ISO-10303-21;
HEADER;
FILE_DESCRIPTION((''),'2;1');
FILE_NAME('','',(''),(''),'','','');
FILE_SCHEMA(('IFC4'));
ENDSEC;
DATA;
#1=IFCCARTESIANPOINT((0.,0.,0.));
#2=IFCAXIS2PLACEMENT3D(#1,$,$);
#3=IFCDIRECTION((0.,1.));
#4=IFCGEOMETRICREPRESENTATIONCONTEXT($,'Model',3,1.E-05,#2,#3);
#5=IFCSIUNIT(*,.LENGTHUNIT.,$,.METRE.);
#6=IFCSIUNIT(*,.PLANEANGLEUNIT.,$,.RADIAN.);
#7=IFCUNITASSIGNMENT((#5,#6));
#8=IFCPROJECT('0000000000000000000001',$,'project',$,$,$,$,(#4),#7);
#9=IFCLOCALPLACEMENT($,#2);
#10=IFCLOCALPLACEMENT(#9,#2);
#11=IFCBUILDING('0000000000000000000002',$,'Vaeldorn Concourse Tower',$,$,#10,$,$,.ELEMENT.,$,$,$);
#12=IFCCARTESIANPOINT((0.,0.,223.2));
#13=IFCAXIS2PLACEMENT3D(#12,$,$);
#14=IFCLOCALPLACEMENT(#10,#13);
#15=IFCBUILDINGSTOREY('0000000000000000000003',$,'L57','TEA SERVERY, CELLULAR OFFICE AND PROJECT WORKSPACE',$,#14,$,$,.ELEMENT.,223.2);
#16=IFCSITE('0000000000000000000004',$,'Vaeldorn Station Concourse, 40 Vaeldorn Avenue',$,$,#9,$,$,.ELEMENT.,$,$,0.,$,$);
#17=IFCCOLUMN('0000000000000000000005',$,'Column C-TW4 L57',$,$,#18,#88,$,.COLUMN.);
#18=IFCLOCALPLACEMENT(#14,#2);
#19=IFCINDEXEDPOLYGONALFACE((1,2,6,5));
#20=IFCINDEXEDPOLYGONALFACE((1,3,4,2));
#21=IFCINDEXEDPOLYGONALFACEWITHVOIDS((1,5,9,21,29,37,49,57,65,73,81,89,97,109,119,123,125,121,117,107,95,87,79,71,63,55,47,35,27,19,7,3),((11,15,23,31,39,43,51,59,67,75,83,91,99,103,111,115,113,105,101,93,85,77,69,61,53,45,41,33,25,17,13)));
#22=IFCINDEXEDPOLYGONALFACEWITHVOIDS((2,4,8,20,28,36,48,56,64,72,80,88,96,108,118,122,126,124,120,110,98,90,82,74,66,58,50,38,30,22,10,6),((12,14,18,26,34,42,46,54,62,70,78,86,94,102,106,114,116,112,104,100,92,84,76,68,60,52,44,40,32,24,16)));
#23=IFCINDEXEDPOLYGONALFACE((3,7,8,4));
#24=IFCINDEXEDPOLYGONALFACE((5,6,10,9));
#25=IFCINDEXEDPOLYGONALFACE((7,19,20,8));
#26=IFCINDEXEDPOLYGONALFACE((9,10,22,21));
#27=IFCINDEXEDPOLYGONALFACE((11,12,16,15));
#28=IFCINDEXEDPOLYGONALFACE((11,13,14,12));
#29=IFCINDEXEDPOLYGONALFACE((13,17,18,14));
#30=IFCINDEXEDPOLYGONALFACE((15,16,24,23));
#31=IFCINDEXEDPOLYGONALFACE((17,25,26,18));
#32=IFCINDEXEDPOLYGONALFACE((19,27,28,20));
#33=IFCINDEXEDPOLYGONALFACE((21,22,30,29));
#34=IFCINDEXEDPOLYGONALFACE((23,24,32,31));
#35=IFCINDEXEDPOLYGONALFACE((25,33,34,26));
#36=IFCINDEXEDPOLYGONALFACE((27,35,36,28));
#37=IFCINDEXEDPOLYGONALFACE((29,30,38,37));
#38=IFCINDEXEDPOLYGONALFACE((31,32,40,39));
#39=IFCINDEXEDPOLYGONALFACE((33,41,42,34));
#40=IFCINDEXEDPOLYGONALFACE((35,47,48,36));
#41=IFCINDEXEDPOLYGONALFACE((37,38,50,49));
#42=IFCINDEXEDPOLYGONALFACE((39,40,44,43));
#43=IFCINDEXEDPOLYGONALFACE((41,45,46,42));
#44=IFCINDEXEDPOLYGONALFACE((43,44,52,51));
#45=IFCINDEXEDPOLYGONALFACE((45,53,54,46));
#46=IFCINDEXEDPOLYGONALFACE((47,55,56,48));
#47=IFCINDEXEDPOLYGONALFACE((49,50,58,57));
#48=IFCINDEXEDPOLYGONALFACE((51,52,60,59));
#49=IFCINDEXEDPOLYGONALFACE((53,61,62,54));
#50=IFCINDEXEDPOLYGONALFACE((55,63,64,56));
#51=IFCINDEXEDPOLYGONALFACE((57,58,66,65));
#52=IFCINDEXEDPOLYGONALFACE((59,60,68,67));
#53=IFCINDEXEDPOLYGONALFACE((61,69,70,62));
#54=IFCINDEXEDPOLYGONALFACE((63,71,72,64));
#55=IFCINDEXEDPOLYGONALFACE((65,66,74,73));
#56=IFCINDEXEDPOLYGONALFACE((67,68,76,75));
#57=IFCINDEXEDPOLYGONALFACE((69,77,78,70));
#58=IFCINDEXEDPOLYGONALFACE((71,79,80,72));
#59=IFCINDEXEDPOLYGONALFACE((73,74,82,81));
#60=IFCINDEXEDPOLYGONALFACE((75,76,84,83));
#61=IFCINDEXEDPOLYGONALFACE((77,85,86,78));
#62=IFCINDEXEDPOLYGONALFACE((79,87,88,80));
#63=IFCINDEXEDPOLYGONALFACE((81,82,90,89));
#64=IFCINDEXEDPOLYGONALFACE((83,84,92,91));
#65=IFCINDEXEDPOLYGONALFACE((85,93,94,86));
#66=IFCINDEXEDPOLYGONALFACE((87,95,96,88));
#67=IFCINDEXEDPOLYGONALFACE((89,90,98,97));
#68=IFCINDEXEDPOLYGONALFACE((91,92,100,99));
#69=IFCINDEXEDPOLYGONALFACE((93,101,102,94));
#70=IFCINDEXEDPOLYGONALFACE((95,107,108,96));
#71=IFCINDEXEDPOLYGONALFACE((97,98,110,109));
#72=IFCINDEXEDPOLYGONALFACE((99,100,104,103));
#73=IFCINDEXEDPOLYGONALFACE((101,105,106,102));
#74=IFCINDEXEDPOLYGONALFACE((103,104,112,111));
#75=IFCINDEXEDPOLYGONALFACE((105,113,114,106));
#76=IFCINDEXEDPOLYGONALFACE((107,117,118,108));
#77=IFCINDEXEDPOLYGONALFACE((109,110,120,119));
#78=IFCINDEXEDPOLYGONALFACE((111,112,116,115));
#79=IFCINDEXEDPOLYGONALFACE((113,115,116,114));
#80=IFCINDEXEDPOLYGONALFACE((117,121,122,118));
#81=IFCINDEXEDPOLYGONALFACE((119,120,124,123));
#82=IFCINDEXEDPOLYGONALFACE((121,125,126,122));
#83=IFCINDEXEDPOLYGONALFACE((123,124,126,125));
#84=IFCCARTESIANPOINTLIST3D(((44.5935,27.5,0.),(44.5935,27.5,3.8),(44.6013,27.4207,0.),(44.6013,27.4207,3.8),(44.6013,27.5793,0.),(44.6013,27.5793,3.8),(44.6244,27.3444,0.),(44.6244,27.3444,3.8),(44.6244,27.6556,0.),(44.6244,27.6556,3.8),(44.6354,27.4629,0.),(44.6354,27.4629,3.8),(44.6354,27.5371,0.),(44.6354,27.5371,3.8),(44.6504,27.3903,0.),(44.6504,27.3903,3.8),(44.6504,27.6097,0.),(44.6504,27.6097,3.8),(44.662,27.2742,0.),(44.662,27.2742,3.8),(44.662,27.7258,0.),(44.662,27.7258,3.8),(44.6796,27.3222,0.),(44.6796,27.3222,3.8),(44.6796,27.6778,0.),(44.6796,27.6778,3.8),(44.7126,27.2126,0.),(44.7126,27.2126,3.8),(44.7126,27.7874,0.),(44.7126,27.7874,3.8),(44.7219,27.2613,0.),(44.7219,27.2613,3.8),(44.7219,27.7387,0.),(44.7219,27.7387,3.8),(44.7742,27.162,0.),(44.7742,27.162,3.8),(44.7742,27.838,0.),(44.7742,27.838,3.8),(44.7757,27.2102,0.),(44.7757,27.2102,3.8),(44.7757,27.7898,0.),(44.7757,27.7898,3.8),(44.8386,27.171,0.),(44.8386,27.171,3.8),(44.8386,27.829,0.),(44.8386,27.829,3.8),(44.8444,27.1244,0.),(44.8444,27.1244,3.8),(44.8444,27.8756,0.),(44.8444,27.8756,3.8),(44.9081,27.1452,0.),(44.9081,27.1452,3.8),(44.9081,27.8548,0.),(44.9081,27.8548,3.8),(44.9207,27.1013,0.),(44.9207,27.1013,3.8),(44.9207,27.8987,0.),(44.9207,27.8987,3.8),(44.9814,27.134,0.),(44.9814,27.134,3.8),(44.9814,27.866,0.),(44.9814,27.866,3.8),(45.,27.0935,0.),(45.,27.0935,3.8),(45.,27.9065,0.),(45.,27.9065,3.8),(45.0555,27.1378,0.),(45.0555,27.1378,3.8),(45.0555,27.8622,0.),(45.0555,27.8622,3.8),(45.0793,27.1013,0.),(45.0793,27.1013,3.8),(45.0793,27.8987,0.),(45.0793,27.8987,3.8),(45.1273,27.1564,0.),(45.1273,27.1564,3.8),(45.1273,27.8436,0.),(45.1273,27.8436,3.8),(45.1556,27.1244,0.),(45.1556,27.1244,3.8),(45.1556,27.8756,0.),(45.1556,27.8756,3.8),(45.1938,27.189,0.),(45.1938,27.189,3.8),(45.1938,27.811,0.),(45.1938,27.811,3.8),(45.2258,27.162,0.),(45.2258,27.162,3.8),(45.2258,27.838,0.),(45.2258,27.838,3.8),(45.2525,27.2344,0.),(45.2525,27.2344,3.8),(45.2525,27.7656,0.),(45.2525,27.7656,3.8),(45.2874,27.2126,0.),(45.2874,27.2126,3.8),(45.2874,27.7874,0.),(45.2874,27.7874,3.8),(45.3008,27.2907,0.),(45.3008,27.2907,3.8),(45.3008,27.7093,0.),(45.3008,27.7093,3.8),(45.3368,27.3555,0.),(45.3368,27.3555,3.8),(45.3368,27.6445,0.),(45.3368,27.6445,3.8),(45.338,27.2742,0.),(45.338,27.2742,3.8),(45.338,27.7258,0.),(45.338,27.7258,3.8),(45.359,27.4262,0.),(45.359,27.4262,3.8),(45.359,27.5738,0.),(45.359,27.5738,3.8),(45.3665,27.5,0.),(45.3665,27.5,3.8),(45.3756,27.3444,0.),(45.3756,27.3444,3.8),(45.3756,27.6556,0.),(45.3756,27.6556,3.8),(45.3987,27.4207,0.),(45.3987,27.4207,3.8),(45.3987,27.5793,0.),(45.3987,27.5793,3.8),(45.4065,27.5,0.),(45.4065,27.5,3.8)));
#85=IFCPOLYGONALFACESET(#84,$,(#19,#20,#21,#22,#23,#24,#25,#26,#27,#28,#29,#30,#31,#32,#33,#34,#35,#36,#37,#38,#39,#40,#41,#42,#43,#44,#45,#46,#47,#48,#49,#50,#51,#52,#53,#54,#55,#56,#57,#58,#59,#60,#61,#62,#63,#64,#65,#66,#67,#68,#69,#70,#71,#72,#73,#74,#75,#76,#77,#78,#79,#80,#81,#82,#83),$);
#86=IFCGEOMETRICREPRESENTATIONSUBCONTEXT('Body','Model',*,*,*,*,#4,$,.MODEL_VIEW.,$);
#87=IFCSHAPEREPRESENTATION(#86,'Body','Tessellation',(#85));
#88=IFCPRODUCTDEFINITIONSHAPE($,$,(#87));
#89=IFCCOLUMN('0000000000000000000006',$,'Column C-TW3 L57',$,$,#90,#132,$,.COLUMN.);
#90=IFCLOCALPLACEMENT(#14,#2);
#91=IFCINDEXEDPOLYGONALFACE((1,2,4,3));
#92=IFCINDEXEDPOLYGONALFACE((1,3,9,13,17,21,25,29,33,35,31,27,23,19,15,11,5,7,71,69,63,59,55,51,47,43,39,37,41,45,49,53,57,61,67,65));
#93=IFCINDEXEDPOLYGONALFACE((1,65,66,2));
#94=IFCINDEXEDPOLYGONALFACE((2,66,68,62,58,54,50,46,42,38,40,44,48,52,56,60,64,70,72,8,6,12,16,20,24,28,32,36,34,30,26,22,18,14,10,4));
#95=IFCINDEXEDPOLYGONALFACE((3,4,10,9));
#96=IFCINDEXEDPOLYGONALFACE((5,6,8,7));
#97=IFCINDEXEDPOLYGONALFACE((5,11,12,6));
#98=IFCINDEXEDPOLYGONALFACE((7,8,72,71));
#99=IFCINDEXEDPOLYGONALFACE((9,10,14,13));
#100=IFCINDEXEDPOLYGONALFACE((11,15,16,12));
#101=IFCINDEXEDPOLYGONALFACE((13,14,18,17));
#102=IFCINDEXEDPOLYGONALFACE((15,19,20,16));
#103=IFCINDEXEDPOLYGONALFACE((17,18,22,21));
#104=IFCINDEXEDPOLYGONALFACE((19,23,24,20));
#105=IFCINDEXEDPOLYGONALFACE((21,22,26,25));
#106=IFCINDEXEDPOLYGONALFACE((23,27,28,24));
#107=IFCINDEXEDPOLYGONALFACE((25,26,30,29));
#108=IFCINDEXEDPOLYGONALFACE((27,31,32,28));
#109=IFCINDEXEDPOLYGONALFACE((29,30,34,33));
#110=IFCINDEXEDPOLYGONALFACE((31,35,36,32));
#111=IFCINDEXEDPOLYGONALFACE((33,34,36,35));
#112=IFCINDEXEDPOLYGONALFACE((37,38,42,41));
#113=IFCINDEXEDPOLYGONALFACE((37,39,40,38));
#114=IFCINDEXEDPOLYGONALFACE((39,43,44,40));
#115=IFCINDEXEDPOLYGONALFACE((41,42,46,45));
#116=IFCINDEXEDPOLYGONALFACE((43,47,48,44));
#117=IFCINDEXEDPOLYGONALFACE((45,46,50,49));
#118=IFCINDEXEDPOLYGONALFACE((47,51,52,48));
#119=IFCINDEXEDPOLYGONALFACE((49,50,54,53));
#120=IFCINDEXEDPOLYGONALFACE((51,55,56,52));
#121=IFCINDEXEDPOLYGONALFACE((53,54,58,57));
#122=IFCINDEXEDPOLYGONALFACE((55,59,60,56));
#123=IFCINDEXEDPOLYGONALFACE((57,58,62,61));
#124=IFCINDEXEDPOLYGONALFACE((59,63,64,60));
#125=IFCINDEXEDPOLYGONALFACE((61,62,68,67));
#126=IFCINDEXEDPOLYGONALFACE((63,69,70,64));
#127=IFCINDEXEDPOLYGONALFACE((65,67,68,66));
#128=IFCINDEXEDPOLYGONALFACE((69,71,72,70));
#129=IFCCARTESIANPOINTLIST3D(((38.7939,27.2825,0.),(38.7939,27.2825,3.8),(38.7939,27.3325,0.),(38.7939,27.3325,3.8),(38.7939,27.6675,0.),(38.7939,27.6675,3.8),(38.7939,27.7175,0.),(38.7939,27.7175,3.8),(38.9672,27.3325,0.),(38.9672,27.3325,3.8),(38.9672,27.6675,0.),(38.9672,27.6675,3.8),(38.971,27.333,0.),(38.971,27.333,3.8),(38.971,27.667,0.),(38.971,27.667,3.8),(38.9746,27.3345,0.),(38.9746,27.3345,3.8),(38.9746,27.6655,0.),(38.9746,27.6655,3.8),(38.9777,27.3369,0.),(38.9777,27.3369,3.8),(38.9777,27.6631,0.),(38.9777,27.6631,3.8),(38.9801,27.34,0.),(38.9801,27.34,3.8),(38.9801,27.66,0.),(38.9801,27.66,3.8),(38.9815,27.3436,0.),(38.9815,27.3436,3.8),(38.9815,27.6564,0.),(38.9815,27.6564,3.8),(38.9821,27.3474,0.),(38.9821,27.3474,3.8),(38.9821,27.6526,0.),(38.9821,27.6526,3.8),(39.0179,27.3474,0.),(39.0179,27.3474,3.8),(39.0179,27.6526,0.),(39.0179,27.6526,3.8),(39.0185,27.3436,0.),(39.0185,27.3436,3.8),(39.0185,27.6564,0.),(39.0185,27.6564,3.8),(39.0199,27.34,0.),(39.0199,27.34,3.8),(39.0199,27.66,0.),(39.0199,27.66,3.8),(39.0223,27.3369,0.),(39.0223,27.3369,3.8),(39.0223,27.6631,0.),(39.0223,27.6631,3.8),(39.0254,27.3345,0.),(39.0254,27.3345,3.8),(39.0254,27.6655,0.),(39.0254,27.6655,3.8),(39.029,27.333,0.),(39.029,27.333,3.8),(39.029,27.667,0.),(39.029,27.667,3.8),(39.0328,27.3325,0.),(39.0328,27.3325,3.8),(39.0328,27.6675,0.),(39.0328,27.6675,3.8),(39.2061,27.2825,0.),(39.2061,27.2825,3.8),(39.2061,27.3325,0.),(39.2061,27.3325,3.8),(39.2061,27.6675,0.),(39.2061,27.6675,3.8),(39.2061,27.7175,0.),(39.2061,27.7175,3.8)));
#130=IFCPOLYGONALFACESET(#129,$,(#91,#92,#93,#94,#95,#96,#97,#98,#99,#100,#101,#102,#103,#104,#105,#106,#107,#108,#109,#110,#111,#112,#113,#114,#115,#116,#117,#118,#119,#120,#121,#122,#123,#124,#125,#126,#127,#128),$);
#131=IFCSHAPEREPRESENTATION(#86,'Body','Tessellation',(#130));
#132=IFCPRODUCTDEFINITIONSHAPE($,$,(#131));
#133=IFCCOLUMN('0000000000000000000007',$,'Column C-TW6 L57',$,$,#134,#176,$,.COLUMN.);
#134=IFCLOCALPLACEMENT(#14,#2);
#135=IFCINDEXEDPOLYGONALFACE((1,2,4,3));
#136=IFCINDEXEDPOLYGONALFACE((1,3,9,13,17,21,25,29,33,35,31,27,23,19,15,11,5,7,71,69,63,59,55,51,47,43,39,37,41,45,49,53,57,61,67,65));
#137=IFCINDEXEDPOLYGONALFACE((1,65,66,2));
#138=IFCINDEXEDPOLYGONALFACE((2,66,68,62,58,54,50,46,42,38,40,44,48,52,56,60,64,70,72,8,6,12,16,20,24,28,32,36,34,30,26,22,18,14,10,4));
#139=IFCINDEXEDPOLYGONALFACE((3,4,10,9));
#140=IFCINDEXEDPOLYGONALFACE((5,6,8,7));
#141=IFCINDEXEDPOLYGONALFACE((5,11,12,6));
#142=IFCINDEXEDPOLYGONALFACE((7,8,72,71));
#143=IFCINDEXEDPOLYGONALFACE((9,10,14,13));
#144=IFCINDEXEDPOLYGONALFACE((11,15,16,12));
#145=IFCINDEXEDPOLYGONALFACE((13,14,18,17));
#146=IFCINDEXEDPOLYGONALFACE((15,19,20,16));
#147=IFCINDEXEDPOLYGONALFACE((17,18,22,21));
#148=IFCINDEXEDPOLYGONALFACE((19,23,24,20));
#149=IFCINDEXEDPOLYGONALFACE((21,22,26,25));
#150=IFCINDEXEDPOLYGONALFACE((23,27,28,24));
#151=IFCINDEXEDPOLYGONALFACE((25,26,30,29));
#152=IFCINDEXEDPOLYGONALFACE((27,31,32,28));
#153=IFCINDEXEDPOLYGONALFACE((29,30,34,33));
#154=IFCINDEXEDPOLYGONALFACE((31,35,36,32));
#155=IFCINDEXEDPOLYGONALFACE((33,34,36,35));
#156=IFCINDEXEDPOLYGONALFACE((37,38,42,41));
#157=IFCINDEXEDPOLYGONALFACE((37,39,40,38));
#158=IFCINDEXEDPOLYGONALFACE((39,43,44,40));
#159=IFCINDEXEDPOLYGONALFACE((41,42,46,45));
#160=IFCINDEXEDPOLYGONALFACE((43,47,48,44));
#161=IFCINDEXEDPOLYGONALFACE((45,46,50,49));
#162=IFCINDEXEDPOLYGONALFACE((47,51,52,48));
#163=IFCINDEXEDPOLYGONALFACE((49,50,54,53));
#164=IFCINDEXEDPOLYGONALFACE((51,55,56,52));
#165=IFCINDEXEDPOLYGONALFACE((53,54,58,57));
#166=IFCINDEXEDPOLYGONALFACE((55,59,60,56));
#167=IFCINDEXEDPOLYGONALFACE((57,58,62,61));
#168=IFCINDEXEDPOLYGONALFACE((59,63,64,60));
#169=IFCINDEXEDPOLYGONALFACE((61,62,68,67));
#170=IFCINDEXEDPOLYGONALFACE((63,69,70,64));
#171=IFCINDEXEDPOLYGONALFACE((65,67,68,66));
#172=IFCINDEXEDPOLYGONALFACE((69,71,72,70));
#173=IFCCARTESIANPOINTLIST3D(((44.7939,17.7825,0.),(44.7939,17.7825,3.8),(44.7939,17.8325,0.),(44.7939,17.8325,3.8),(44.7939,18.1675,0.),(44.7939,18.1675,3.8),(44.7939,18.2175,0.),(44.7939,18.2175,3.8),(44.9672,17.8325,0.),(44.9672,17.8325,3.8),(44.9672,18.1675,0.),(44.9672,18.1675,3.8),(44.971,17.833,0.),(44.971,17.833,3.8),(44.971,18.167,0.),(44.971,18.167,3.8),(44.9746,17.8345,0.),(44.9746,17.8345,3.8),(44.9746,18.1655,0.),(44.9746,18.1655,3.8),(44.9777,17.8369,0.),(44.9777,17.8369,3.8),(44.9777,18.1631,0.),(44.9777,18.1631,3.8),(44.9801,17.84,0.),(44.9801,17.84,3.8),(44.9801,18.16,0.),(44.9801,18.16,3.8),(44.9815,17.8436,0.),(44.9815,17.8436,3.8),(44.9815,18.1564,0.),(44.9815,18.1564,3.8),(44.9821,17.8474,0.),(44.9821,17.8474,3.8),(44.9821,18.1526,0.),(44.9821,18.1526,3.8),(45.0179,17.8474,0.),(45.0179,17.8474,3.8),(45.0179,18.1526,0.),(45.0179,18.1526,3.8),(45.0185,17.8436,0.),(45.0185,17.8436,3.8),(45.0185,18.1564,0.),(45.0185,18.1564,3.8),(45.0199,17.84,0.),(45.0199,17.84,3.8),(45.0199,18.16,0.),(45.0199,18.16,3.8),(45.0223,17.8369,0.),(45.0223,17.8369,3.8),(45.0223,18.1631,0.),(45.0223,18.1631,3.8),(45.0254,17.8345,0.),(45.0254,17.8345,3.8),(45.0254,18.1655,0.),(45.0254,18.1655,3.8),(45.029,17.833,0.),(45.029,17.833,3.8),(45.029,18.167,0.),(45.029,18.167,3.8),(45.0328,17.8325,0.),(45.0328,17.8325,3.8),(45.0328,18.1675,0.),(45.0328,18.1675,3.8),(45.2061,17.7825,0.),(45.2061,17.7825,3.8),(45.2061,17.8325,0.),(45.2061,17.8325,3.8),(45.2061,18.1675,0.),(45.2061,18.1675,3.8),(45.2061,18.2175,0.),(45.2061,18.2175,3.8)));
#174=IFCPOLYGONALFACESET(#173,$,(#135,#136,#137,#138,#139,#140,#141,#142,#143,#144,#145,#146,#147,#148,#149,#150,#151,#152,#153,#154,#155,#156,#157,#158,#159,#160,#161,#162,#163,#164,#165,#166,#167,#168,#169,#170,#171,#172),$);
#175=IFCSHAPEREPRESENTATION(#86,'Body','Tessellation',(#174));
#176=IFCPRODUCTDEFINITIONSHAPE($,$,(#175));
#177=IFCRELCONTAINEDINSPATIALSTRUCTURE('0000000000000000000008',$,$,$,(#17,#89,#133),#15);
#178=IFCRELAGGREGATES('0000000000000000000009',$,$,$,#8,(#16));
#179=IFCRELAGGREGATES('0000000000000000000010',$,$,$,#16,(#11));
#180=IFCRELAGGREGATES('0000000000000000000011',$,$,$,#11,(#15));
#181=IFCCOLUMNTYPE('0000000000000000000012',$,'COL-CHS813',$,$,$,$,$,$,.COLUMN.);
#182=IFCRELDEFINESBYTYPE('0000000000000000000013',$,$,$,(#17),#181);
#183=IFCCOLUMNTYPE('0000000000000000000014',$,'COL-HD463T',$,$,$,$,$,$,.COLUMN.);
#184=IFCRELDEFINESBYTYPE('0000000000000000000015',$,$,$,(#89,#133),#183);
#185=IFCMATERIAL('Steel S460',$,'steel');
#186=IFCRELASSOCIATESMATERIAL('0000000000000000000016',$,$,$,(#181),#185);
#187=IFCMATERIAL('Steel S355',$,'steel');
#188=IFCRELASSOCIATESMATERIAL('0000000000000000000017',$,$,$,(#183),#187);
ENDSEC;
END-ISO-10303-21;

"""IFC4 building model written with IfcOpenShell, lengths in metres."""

from ifc_helpers import new_model, si_unit, direction, frame, origin, origin_2d, place, context, subcontext, project, spatial, hollow_circle, i_section, extrude, source, transform, mapped, material, material_profile, profile_set, type_object, element, save


model = new_model("IFC4")

# Units and contexts
model_context = context("Model", 3, precision=1e-05, world=origin(), true_north=direction((0.0, 1.0)))
body_context = subcontext(model_context, "Body", "Model", "MODEL_VIEW")
ifc_project = project(units=[si_unit("LENGTHUNIT", "METRE"), si_unit("PLANEANGLEUNIT", "RADIAN")], contexts=[model_context])

# Site, building, storey
site_placement = place(None, origin())
site = spatial("IfcSite", under=ifc_project, at=site_placement, Name="Vaeldorn Station Concourse, 40 Vaeldorn Avenue", CompositionType="ELEMENT", RefElevation=0.0)
building_placement = place(site_placement, origin())
building = spatial("IfcBuilding", under=site, at=building_placement, Name="Vaeldorn Concourse Tower", CompositionType="ELEMENT")
storey_placement = place(building_placement, frame((0.0, 0.0, 223.2)))
storey = spatial("IfcBuildingStorey", under=building, at=storey_placement, Name="L57", Description="TEA SERVERY, CELLULAR OFFICE AND PROJECT WORKSPACE", CompositionType="ELEMENT", Elevation=223.2)

# Columns
ifc_material_1 = material(Name="Steel S460", Category="steel")
ifc_material_profile_1 = material_profile(ifc_material_1, hollow_circle(Radius=0.4065, WallThickness=0.04, at=origin_2d()), Name="CHS 813x40")
ifc_profile_set_1 = profile_set([ifc_material_profile_1], Name="Steel S460")
column_type_1 = type_object("IfcColumnType", Name="COL-CHS813", PredefinedType="COLUMN", material=ifc_profile_set_1)
shared_shape_1 = source(origin(), body_context, "Body", "SweptSolid", [
    extrude(hollow_circle(Radius=0.4065, WallThickness=0.04, at=origin_2d()), origin(), (0.0, 0.0, 1.0), 3.8),
])
column_placement = place(storey_placement, frame((45.0, 27.5, 0.0), z_axis=(0.0, 0.0, 1.0), x_axis=(1.0, 0.0, 0.0)))
element("IfcColumn", 1, at=column_placement, inside=storey, type_object=column_type_1, Name="Column C-TW4 L57", PredefinedType="COLUMN", context=body_context, shape_type="MappedRepresentation", body=[
    mapped(shared_shape_1, transform((0.0, 0.0, 0.0), scale=1.0)),
])
ifc_material_2 = material(Name="Steel S355", Category="steel")
ifc_material_profile_2 = material_profile(ifc_material_2, i_section(OverallWidth=0.4121, OverallDepth=0.4351, WebThickness=0.0359, FlangeThickness=0.05, FilletRadius=0.0149, at=origin_2d()), Name="HD 400x463")
ifc_profile_set_2 = profile_set([ifc_material_profile_2], Name="Steel S355")
column_type_2 = type_object("IfcColumnType", Name="COL-HD463T", PredefinedType="COLUMN", material=ifc_profile_set_2)
shared_shape_2 = source(origin(), body_context, "Body", "SweptSolid", [
    extrude(i_section(OverallWidth=0.4121, OverallDepth=0.4351, WebThickness=0.0359, FlangeThickness=0.05, FilletRadius=0.0149, at=origin_2d()), origin(), (0.0, 0.0, 1.0), 3.8),
])
for number, where, z_axis, x_axis, name in (
    (2, (39.0, 27.5, 0.0), (0.0, 0.0, 1.0), (1.0, 0.0, 0.0), "Column C-TW3 L57"),
    (3, (45.0, 18.0, 0.0), (0.0, 0.0, 1.0), (1.0, 0.0, 0.0), "Column C-TW6 L57"),
):
    element("IfcColumn", number, at=place(storey_placement, frame(where, z_axis=z_axis, x_axis=x_axis)), inside=storey, type_object=column_type_2, Name=name, PredefinedType="COLUMN", context=body_context, shape_type="MappedRepresentation", body=[
        mapped(shared_shape_2, transform((0.0, 0.0, 0.0), scale=1.0)),
    ])

save(model, "model.ifc")
